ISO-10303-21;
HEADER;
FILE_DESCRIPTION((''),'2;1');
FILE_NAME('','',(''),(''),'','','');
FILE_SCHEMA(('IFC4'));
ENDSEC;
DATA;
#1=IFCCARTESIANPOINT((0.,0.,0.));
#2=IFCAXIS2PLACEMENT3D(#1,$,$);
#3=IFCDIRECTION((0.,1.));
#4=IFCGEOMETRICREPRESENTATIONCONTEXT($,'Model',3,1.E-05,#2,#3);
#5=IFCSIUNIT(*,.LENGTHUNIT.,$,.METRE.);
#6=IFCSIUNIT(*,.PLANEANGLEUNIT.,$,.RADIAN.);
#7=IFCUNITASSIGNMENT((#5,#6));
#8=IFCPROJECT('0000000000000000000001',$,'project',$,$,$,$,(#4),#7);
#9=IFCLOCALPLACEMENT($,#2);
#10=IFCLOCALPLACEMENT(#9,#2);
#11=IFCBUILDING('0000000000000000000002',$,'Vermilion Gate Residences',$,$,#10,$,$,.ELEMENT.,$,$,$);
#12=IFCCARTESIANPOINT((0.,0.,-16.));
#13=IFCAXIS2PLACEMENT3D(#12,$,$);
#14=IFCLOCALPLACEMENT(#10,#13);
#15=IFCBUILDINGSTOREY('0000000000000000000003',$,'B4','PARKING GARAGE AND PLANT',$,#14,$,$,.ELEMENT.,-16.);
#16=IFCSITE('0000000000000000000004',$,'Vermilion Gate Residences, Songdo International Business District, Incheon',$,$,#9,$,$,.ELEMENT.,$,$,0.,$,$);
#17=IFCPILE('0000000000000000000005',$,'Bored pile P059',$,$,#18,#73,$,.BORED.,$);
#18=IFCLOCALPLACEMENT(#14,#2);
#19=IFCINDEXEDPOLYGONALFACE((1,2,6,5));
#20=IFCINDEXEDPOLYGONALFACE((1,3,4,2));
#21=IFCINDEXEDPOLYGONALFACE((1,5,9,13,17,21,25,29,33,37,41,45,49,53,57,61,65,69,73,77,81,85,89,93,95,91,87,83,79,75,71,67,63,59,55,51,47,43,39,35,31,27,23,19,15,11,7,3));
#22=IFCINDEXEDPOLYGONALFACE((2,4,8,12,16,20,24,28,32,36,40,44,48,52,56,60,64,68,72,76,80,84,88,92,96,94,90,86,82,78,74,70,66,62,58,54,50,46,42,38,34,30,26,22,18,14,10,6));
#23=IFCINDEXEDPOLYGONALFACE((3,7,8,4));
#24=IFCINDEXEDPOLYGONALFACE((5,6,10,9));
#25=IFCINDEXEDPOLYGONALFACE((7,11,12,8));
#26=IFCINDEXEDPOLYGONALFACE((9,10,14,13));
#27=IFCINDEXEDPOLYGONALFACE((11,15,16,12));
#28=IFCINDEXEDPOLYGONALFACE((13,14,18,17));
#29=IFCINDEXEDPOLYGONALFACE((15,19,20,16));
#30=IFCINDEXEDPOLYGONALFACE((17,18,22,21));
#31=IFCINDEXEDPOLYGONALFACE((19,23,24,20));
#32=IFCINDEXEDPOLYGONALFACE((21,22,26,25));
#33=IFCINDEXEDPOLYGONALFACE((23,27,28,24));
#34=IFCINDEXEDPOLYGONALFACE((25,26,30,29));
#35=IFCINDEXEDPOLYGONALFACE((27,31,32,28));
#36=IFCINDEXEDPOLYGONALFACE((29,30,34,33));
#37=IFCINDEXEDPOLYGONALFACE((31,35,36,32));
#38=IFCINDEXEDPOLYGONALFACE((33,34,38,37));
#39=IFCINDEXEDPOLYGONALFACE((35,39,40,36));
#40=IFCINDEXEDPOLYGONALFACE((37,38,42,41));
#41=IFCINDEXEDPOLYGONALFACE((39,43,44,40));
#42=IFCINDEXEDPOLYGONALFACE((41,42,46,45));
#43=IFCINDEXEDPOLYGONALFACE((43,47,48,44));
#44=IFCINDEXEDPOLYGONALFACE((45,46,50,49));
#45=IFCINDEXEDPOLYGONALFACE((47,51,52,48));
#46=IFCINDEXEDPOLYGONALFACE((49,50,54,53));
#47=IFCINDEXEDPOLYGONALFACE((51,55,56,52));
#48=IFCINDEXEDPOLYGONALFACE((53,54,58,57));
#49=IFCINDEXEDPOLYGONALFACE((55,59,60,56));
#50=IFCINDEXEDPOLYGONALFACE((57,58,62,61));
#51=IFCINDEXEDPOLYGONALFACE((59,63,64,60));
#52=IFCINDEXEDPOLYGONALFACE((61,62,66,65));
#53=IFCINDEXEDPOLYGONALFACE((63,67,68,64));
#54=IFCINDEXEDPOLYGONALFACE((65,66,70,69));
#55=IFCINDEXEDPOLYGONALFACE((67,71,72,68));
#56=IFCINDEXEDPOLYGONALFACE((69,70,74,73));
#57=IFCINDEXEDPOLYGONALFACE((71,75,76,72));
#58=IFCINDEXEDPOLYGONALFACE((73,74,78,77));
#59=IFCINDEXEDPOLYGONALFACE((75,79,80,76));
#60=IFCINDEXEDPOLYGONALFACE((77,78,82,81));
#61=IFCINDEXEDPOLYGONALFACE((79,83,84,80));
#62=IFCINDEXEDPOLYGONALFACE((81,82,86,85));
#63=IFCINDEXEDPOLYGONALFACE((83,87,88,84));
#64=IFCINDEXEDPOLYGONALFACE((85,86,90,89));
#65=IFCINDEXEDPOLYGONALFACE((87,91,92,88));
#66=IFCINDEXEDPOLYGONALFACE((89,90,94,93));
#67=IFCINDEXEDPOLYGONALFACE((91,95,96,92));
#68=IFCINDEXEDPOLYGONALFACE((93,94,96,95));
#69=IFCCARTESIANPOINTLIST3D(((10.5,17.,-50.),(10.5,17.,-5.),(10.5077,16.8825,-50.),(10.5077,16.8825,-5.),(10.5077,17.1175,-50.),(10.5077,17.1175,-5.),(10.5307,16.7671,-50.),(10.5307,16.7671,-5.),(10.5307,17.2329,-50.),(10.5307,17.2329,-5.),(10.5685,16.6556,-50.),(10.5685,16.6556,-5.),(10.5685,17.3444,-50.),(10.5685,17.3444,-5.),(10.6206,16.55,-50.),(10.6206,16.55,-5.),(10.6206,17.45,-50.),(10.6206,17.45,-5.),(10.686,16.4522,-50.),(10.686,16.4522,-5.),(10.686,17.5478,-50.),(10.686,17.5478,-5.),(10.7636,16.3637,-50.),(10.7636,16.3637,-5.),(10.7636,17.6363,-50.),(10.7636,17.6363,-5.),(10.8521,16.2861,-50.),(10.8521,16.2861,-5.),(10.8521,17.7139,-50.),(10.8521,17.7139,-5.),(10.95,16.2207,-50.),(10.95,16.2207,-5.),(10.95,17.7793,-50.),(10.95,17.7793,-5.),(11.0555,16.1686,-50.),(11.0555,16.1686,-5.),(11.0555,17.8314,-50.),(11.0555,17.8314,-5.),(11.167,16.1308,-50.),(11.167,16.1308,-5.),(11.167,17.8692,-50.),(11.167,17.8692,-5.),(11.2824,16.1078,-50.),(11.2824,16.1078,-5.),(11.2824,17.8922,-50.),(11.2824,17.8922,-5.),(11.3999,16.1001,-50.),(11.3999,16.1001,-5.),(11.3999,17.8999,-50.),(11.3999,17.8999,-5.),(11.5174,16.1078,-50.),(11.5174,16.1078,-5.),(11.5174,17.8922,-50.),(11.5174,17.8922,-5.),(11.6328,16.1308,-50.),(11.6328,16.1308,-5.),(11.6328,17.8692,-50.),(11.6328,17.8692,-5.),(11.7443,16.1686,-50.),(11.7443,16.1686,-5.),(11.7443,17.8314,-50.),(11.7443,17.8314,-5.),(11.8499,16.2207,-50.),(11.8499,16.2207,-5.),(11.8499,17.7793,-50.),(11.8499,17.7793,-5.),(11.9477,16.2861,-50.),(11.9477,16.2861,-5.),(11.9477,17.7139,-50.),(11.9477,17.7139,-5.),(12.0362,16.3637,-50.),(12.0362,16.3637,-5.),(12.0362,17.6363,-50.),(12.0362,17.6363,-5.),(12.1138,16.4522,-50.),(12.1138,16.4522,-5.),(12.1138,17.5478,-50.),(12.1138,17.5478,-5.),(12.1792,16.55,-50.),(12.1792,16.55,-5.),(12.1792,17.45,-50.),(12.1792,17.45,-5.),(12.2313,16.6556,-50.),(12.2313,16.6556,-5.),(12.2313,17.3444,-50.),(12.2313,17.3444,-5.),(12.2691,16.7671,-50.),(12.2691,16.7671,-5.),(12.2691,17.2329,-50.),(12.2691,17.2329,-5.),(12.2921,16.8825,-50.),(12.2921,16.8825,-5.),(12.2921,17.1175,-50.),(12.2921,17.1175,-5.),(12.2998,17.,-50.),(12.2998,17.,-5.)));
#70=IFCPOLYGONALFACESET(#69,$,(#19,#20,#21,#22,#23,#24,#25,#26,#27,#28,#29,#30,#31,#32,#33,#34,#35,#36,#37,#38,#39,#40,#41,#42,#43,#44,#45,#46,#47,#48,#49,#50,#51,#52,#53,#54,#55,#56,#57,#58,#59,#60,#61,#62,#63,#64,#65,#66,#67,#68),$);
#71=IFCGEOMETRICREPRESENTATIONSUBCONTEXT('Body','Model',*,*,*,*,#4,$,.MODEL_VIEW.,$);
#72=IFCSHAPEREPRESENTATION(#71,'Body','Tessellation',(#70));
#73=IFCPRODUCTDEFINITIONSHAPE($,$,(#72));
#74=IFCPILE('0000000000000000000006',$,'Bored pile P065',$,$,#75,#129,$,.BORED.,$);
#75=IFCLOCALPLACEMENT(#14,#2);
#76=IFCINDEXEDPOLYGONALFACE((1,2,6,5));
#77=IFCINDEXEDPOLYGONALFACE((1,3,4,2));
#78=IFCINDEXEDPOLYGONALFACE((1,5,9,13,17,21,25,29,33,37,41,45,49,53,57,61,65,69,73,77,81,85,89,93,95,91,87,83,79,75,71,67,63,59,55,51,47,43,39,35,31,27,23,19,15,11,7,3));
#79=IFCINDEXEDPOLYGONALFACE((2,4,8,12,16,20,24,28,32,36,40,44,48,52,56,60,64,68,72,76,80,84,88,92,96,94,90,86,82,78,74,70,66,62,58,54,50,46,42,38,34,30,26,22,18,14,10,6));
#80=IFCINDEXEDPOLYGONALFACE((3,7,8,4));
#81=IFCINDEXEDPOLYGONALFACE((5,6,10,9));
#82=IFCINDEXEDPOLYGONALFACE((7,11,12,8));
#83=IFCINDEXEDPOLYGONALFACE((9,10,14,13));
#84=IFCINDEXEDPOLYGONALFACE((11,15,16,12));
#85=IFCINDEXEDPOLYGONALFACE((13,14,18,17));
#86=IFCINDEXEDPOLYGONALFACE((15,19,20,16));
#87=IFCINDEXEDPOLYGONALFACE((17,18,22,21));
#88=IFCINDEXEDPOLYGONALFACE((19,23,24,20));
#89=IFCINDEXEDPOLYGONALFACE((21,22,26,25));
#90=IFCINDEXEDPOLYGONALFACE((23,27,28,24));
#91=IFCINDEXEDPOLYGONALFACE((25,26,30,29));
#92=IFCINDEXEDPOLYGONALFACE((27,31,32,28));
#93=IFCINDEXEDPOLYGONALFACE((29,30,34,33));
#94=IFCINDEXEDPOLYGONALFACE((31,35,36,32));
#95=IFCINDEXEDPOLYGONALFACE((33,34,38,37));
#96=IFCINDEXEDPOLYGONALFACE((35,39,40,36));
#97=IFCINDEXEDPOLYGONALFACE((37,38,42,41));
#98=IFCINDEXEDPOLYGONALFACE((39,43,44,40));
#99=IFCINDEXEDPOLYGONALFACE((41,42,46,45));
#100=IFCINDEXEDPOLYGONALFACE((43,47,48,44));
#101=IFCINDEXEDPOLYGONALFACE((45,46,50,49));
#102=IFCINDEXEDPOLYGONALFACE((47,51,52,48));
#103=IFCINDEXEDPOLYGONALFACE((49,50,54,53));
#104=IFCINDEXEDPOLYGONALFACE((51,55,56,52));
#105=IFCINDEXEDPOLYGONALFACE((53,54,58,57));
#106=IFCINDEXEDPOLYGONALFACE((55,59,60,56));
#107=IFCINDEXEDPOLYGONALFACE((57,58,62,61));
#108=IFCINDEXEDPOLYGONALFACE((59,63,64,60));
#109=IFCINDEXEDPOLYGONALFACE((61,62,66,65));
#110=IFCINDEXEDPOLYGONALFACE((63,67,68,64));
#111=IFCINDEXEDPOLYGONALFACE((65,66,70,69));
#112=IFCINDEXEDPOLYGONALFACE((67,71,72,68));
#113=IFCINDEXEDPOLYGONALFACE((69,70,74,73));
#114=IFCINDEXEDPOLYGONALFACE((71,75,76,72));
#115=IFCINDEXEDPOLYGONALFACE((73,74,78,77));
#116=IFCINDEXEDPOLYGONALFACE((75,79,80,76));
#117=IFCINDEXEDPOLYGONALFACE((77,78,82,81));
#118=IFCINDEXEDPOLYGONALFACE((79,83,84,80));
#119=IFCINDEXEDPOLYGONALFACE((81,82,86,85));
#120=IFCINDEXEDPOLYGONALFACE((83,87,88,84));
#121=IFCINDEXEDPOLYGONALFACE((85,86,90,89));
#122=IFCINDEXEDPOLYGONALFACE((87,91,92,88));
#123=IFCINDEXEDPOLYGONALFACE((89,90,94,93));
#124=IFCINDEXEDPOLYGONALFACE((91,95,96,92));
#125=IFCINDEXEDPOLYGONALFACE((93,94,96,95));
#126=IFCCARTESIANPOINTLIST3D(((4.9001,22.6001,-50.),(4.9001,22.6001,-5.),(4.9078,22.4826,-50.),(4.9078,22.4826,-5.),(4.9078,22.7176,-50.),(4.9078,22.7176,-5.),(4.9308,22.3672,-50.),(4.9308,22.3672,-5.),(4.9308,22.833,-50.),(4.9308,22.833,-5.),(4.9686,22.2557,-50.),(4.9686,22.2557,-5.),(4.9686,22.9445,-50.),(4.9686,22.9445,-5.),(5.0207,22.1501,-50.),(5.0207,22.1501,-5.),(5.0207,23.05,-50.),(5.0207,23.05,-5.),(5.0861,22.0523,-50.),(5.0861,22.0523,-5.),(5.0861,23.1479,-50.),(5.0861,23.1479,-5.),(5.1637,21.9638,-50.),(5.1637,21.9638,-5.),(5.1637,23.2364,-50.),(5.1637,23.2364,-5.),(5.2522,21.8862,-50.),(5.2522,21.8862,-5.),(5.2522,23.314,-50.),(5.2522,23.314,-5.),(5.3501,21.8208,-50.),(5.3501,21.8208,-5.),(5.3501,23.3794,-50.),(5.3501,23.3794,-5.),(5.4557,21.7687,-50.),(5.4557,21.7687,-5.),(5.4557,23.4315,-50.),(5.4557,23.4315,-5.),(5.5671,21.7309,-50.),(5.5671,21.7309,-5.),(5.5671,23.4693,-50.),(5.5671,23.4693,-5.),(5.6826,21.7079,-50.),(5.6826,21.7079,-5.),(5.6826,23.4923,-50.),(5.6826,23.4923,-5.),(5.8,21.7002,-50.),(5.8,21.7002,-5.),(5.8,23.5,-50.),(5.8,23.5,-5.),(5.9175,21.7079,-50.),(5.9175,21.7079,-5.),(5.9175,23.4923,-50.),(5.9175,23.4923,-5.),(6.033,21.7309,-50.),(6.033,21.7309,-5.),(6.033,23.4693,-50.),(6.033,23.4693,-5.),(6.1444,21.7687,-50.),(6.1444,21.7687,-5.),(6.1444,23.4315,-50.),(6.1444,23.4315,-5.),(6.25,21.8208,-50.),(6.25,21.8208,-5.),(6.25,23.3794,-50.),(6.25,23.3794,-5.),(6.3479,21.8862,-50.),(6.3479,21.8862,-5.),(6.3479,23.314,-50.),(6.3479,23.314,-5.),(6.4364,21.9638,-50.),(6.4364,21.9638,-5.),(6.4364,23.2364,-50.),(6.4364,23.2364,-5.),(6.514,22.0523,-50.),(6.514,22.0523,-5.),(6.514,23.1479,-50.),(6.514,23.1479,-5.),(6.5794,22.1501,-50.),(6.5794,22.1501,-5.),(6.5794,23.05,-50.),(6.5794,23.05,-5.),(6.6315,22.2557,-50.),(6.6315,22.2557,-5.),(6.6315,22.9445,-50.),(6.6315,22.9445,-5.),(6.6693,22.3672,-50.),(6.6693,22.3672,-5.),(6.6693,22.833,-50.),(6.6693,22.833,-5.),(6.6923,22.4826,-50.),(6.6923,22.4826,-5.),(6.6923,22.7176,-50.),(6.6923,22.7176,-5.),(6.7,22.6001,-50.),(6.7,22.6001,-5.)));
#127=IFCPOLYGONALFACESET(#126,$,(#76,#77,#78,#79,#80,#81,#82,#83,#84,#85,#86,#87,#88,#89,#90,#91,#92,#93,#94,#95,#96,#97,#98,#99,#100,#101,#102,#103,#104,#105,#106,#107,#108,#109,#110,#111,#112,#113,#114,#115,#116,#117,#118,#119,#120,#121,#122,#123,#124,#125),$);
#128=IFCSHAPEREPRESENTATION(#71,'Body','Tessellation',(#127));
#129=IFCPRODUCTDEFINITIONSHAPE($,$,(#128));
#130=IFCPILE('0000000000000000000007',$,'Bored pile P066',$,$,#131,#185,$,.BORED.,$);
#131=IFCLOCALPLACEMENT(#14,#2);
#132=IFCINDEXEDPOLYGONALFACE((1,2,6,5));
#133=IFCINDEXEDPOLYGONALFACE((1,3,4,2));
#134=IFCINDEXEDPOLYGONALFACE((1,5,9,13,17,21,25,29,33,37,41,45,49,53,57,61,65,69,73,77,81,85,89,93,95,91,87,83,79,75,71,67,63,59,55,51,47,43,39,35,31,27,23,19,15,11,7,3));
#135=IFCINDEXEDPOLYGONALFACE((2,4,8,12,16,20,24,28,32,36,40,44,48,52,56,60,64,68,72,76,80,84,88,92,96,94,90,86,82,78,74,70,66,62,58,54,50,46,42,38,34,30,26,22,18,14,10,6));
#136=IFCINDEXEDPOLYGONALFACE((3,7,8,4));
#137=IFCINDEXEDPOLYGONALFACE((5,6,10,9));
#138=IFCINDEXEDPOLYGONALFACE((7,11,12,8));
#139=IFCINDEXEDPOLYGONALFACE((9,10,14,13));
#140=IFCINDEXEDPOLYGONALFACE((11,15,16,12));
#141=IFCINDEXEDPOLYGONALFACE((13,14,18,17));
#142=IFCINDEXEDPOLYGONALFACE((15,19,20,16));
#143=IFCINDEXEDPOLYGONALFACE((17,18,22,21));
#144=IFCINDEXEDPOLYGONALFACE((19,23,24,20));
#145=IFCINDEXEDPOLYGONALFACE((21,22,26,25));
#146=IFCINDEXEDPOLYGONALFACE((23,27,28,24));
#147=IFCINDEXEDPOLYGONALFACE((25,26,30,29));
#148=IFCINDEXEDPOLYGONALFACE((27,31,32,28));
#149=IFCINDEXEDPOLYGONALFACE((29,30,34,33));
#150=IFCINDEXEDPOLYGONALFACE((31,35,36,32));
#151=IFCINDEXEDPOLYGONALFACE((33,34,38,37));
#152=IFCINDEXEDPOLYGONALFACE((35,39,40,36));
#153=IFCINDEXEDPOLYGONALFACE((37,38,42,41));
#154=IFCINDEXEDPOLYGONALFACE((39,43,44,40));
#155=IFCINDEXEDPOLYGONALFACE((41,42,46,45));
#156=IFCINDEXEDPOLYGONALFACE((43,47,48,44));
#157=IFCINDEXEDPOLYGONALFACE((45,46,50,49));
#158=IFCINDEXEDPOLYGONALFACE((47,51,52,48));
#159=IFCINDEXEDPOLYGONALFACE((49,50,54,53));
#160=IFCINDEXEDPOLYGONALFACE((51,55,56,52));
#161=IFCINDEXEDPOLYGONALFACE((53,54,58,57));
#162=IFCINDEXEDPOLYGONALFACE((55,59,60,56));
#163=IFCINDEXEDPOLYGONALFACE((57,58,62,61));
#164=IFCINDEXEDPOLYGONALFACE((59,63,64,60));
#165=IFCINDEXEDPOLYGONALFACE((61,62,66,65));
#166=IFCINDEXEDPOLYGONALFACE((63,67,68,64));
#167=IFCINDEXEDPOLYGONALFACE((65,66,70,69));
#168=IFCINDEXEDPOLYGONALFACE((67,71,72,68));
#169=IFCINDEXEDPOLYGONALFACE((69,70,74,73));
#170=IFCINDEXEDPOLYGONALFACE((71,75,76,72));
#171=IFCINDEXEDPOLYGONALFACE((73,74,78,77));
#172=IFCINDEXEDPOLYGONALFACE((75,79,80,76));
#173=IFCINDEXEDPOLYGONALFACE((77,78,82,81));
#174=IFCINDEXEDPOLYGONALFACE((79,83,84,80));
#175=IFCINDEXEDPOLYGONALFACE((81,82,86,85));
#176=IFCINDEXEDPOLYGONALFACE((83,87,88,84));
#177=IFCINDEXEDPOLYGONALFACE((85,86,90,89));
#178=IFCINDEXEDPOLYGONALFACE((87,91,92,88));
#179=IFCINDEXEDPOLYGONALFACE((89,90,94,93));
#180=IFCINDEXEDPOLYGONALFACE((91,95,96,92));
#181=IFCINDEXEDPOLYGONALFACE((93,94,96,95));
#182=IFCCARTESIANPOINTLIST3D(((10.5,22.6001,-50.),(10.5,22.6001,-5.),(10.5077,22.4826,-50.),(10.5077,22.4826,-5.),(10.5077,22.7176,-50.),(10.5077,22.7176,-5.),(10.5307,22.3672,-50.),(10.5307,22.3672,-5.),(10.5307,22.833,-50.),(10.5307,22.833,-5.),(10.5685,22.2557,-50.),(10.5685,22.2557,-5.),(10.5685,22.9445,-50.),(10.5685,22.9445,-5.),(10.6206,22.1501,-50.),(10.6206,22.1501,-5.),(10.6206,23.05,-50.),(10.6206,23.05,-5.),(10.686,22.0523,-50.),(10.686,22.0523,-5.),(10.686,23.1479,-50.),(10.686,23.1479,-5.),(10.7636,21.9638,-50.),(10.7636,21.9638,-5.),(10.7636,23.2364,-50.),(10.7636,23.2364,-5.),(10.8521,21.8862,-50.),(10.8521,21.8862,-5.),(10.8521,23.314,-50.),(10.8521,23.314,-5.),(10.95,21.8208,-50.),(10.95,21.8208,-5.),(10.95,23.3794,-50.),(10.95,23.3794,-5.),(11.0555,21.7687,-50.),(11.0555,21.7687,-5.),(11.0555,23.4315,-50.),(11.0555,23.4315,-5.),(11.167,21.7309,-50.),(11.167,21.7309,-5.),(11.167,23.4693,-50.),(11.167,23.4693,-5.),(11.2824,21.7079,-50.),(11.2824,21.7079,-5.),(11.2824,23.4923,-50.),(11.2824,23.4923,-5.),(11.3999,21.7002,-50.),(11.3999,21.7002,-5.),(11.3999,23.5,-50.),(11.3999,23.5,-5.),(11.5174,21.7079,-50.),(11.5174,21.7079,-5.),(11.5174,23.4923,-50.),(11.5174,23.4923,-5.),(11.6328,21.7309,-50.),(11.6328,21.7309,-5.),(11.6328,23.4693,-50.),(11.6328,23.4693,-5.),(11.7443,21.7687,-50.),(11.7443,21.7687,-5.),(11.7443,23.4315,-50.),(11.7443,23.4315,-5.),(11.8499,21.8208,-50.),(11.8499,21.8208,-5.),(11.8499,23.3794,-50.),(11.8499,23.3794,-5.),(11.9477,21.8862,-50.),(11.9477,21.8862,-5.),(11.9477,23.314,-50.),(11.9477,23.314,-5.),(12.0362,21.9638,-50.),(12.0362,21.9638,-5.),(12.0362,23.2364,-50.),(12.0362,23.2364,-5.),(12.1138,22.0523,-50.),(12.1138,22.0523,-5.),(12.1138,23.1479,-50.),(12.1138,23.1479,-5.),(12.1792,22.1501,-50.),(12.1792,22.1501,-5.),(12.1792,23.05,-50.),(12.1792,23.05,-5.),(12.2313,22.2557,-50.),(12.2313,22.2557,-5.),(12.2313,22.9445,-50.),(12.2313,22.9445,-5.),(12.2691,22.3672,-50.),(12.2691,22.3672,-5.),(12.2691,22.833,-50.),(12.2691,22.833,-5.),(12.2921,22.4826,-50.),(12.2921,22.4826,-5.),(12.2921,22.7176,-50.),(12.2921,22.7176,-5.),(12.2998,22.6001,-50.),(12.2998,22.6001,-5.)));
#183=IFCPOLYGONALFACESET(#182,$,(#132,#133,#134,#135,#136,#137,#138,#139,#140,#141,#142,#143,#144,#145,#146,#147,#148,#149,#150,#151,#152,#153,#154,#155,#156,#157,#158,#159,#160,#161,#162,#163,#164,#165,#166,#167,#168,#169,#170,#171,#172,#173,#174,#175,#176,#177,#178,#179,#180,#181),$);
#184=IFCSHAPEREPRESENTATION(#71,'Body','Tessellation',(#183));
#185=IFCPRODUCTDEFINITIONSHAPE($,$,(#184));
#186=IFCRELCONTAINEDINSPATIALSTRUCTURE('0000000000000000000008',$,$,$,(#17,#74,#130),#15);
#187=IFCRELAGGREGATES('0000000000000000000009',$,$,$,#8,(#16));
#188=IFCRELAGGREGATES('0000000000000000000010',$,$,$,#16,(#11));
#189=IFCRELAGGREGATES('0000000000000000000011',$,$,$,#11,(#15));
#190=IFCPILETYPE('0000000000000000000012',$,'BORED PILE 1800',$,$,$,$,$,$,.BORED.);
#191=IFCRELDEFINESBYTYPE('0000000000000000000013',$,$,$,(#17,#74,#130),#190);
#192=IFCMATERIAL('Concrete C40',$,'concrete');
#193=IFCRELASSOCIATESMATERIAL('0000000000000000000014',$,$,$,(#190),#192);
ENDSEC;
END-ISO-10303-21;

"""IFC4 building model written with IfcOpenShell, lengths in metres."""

from ifc_helpers import new_model, si_unit, direction, frame, origin, origin_2d, place, context, subcontext, project, spatial, circle, extrude, material, material_profile, profile_set, type_object, element, save


model = new_model("IFC4")

# Units and contexts
model_context = context("Model", 3, precision=1e-05, world=origin(), true_north=direction((0.0, 1.0)))
body_context = subcontext(model_context, "Body", "Model", "MODEL_VIEW")
ifc_project = project(units=[si_unit("LENGTHUNIT", "METRE"), si_unit("PLANEANGLEUNIT", "RADIAN")], contexts=[model_context])

# Site, building, storey
site_placement = place(None, origin())
site = spatial("IfcSite", under=ifc_project, at=site_placement, Name="Vermilion Gate Residences, Songdo International Business District, Incheon", CompositionType="ELEMENT", RefElevation=0.0)
building_placement = place(site_placement, origin())
building = spatial("IfcBuilding", under=site, at=building_placement, Name="Vermilion Gate Residences", CompositionType="ELEMENT")
storey_placement = place(building_placement, frame((0.0, 0.0, -16.0)))
storey = spatial("IfcBuildingStorey", under=building, at=storey_placement, Name="B4", Description="PARKING GARAGE AND PLANT", CompositionType="ELEMENT", Elevation=-16.0)

# Piles
ifc_material_1 = material(Name="Concrete C40", Category="concrete")
ifc_material_profile_1 = material_profile(ifc_material_1, circle(Radius=0.8999, at=origin_2d()), Name="BORED PILE 1800")
ifc_profile_set_1 = profile_set([ifc_material_profile_1], Name="Concrete C40")
pile_type = type_object("IfcPileType", Name="BORED PILE 1800", PredefinedType="BORED", material=ifc_profile_set_1)
for number, where, z_axis, x_axis, name in (
    (1, (11.3999, 17.0, -5.0), (0.0, 0.0, -1.0), (1.0, 0.0, 0.0), "Bored pile P059"),
    (2, (5.8, 22.6001, -5.0), (0.0, 0.0, -1.0), (1.0, 0.0, 0.0), "Bored pile P065"),
    (3, (11.3999, 22.6001, -5.0), (0.0, 0.0, -1.0), (1.0, 0.0, 0.0), "Bored pile P066"),
):
    element("IfcPile", number, at=place(storey_placement, frame(where, z_axis=z_axis, x_axis=x_axis)), inside=storey, type_object=pile_type, Name=name, PredefinedType="BORED", context=body_context, shape_type="SweptSolid", body=[
        extrude(circle(Radius=0.8999, at=origin_2d()), origin(), (0.0, 0.0, 1.0), 45.0),
    ])

save(model, "model.ifc")
